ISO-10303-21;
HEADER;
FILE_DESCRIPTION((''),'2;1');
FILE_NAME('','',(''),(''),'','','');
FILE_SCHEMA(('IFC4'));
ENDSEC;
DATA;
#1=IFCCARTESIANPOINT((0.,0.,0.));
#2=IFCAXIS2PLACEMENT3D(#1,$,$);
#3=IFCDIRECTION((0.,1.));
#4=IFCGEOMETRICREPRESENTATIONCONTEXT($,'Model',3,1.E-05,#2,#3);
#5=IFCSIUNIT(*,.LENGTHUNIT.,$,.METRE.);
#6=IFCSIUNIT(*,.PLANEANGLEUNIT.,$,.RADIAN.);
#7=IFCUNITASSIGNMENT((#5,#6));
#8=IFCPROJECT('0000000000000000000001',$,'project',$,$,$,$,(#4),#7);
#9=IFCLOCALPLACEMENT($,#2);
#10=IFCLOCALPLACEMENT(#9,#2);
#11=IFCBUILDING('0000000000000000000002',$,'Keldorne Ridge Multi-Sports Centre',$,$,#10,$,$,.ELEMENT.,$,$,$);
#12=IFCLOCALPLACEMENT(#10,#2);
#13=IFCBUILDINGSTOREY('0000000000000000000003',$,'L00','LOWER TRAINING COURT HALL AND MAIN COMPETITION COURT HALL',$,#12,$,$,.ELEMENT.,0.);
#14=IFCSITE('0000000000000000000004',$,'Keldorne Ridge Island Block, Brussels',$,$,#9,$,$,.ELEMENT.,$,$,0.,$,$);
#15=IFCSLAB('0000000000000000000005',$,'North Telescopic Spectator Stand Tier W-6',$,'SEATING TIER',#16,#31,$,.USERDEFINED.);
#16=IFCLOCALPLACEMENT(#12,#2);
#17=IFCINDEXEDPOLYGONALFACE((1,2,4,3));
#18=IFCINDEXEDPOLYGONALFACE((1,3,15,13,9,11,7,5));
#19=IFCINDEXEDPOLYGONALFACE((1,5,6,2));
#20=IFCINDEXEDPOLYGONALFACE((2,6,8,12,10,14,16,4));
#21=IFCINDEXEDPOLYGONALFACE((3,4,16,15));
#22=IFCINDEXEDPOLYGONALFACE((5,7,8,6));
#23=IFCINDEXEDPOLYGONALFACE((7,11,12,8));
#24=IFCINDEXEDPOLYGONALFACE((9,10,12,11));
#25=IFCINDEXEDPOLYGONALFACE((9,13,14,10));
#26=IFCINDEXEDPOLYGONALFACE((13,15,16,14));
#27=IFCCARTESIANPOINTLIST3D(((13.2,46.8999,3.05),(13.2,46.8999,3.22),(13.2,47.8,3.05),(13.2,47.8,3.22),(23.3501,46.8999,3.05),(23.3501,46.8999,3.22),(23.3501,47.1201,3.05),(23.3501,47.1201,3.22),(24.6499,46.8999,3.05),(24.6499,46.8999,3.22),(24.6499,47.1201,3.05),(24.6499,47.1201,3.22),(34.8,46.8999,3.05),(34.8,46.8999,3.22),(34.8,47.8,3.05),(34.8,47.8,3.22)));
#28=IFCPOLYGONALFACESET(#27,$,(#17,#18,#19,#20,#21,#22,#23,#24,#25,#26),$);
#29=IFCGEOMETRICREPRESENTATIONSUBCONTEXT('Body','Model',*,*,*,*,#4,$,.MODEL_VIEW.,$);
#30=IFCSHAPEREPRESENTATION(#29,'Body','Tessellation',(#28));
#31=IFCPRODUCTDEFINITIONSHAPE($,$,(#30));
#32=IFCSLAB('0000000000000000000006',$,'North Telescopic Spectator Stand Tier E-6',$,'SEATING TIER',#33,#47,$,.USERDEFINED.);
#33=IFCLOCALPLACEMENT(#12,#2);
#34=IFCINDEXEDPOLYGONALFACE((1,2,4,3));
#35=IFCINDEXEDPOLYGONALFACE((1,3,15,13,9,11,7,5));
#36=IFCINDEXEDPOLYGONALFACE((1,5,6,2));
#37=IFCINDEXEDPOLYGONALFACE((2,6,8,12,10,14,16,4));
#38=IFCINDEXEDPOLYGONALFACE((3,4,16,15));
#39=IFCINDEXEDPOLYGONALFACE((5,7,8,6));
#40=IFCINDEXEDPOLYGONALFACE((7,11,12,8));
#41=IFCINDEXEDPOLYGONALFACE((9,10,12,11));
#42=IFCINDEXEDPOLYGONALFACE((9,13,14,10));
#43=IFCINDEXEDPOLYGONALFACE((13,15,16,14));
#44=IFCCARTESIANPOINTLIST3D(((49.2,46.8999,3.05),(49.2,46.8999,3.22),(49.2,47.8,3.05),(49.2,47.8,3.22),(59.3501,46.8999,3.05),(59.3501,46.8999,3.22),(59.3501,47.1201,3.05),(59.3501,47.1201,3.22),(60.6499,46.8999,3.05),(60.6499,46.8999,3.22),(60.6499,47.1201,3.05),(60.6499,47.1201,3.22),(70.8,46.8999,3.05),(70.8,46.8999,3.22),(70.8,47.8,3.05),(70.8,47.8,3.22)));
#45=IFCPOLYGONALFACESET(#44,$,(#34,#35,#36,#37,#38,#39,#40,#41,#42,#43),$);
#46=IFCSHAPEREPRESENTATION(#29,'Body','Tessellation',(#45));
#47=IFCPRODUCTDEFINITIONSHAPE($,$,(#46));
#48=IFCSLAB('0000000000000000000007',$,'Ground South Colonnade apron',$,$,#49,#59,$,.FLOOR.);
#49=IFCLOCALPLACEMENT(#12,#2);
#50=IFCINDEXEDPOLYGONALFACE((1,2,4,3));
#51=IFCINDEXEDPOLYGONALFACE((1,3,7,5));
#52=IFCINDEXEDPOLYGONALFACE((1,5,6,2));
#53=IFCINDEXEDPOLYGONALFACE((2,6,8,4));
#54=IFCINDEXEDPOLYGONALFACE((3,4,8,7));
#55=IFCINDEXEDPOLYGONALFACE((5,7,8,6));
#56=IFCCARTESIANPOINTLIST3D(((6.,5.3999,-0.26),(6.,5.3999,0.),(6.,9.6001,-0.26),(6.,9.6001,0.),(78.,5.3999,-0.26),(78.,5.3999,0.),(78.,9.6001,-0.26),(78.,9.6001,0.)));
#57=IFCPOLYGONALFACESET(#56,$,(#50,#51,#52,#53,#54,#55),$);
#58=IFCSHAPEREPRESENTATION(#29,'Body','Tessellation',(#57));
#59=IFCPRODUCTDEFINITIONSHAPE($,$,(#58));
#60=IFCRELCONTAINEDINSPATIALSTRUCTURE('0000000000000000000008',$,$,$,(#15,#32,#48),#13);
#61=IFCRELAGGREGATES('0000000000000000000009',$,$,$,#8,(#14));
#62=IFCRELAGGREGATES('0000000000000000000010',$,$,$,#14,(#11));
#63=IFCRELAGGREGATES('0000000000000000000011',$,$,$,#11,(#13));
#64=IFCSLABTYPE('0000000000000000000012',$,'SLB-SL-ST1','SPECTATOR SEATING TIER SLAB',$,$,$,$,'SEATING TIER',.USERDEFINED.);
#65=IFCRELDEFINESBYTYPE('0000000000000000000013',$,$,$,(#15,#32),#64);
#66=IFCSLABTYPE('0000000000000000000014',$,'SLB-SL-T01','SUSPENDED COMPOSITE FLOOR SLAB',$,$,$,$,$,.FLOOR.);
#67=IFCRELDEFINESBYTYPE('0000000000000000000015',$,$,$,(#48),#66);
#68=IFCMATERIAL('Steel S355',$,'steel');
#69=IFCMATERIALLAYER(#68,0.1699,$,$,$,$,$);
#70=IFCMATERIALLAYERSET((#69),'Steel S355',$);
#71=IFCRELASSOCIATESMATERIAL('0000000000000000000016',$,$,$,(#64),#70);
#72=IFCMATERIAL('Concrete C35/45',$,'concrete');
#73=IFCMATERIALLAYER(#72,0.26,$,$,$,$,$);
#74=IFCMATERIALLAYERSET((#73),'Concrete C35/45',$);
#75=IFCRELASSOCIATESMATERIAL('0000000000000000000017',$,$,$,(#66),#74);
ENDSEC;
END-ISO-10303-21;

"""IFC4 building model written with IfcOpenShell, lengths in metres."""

from ifc_helpers import new_model, si_unit, direction, frame, origin, place, context, subcontext, project, spatial, polyline, outline, extrude, material, layer, layer_set, type_object, element, save


model = new_model("IFC4")

# Units and contexts
model_context = context("Model", 3, precision=1e-05, world=origin(), true_north=direction((0.0, 1.0)))
body_context = subcontext(model_context, "Body", "Model", "MODEL_VIEW")
ifc_project = project(units=[si_unit("LENGTHUNIT", "METRE"), si_unit("PLANEANGLEUNIT", "RADIAN")], contexts=[model_context])

# Site, building, storey
site_placement = place(None, origin())
site = spatial("IfcSite", under=ifc_project, at=site_placement, Name="Keldorne Ridge Island Block, Brussels", CompositionType="ELEMENT", RefElevation=0.0)
building_placement = place(site_placement, origin())
building = spatial("IfcBuilding", under=site, at=building_placement, Name="Keldorne Ridge Multi-Sports Centre", CompositionType="ELEMENT")
storey_placement = place(building_placement, origin())
storey = spatial("IfcBuildingStorey", under=building, at=storey_placement, Name="L00", Description="LOWER TRAINING COURT HALL AND MAIN COMPETITION COURT HALL", CompositionType="ELEMENT", Elevation=0.0)

# Shared definitions
ifc_material_1 = material(Name="Concrete C35/45", Category="concrete")

# Slabs
ifc_material_2 = material(Name="Steel S355", Category="steel")
ifc_layer_1 = layer(ifc_material_2, 0.1699)
ifc_layer_set_1 = layer_set([ifc_layer_1], Name="Steel S355")
slab_type_1 = type_object("IfcSlabType", Name="SLB-SL-ST1", Description="SPECTATOR SEATING TIER SLAB", ElementType="SEATING TIER", PredefinedType="USERDEFINED", material=ifc_layer_set_1)
slab_1_placement = place(storey_placement, frame((0.0, 0.0, 3.05)))
element("IfcSlab", 1, at=slab_1_placement, inside=storey, type_object=slab_type_1, Name="North Telescopic Spectator Stand Tier W-6", ObjectType="SEATING TIER", PredefinedType="USERDEFINED", context=body_context, shape_type="SweptSolid", body=[
    extrude(outline(polyline([(13.2, 46.8999), (23.3501, 46.8999), (23.3501, 47.1201), (24.6499, 47.1201), (24.6499, 46.8999), (34.8, 46.8999), (34.8, 47.8), (13.2, 47.8), (13.2, 46.8999)])), origin(), (0.0, 0.0, 1.0), 0.1699),
])
slab_2_placement = place(storey_placement, frame((0.0, 0.0, 3.05)))
element("IfcSlab", 2, at=slab_2_placement, inside=storey, type_object=slab_type_1, Name="North Telescopic Spectator Stand Tier E-6", ObjectType="SEATING TIER", PredefinedType="USERDEFINED", context=body_context, shape_type="SweptSolid", body=[
    extrude(outline(polyline([(49.2, 46.8999), (59.3501, 46.8999), (59.3501, 47.1201), (60.6499, 47.1201), (60.6499, 46.8999), (70.8, 46.8999), (70.8, 47.8), (49.2, 47.8), (49.2, 46.8999)])), origin(), (0.0, 0.0, 1.0), 0.1699),
])
ifc_layer_2 = layer(ifc_material_1, 0.26)
ifc_layer_set_2 = layer_set([ifc_layer_2], Name="Concrete C35/45")
slab_type_2 = type_object("IfcSlabType", Name="SLB-SL-T01", Description="SUSPENDED COMPOSITE FLOOR SLAB", PredefinedType="FLOOR", material=ifc_layer_set_2)
slab_3_placement = place(storey_placement, frame((0.0, 0.0, -0.26)))
element("IfcSlab", 3, at=slab_3_placement, inside=storey, type_object=slab_type_2, Name="Ground South Colonnade apron", PredefinedType="FLOOR", context=body_context, shape_type="SweptSolid", body=[
    extrude(outline(polyline([(6.0, 5.3999), (78.0, 5.3999), (78.0, 9.6001), (6.0, 9.6001), (6.0, 5.3999)])), origin(), (0.0, 0.0, 1.0), 0.26),
])

save(model, "model.ifc")
